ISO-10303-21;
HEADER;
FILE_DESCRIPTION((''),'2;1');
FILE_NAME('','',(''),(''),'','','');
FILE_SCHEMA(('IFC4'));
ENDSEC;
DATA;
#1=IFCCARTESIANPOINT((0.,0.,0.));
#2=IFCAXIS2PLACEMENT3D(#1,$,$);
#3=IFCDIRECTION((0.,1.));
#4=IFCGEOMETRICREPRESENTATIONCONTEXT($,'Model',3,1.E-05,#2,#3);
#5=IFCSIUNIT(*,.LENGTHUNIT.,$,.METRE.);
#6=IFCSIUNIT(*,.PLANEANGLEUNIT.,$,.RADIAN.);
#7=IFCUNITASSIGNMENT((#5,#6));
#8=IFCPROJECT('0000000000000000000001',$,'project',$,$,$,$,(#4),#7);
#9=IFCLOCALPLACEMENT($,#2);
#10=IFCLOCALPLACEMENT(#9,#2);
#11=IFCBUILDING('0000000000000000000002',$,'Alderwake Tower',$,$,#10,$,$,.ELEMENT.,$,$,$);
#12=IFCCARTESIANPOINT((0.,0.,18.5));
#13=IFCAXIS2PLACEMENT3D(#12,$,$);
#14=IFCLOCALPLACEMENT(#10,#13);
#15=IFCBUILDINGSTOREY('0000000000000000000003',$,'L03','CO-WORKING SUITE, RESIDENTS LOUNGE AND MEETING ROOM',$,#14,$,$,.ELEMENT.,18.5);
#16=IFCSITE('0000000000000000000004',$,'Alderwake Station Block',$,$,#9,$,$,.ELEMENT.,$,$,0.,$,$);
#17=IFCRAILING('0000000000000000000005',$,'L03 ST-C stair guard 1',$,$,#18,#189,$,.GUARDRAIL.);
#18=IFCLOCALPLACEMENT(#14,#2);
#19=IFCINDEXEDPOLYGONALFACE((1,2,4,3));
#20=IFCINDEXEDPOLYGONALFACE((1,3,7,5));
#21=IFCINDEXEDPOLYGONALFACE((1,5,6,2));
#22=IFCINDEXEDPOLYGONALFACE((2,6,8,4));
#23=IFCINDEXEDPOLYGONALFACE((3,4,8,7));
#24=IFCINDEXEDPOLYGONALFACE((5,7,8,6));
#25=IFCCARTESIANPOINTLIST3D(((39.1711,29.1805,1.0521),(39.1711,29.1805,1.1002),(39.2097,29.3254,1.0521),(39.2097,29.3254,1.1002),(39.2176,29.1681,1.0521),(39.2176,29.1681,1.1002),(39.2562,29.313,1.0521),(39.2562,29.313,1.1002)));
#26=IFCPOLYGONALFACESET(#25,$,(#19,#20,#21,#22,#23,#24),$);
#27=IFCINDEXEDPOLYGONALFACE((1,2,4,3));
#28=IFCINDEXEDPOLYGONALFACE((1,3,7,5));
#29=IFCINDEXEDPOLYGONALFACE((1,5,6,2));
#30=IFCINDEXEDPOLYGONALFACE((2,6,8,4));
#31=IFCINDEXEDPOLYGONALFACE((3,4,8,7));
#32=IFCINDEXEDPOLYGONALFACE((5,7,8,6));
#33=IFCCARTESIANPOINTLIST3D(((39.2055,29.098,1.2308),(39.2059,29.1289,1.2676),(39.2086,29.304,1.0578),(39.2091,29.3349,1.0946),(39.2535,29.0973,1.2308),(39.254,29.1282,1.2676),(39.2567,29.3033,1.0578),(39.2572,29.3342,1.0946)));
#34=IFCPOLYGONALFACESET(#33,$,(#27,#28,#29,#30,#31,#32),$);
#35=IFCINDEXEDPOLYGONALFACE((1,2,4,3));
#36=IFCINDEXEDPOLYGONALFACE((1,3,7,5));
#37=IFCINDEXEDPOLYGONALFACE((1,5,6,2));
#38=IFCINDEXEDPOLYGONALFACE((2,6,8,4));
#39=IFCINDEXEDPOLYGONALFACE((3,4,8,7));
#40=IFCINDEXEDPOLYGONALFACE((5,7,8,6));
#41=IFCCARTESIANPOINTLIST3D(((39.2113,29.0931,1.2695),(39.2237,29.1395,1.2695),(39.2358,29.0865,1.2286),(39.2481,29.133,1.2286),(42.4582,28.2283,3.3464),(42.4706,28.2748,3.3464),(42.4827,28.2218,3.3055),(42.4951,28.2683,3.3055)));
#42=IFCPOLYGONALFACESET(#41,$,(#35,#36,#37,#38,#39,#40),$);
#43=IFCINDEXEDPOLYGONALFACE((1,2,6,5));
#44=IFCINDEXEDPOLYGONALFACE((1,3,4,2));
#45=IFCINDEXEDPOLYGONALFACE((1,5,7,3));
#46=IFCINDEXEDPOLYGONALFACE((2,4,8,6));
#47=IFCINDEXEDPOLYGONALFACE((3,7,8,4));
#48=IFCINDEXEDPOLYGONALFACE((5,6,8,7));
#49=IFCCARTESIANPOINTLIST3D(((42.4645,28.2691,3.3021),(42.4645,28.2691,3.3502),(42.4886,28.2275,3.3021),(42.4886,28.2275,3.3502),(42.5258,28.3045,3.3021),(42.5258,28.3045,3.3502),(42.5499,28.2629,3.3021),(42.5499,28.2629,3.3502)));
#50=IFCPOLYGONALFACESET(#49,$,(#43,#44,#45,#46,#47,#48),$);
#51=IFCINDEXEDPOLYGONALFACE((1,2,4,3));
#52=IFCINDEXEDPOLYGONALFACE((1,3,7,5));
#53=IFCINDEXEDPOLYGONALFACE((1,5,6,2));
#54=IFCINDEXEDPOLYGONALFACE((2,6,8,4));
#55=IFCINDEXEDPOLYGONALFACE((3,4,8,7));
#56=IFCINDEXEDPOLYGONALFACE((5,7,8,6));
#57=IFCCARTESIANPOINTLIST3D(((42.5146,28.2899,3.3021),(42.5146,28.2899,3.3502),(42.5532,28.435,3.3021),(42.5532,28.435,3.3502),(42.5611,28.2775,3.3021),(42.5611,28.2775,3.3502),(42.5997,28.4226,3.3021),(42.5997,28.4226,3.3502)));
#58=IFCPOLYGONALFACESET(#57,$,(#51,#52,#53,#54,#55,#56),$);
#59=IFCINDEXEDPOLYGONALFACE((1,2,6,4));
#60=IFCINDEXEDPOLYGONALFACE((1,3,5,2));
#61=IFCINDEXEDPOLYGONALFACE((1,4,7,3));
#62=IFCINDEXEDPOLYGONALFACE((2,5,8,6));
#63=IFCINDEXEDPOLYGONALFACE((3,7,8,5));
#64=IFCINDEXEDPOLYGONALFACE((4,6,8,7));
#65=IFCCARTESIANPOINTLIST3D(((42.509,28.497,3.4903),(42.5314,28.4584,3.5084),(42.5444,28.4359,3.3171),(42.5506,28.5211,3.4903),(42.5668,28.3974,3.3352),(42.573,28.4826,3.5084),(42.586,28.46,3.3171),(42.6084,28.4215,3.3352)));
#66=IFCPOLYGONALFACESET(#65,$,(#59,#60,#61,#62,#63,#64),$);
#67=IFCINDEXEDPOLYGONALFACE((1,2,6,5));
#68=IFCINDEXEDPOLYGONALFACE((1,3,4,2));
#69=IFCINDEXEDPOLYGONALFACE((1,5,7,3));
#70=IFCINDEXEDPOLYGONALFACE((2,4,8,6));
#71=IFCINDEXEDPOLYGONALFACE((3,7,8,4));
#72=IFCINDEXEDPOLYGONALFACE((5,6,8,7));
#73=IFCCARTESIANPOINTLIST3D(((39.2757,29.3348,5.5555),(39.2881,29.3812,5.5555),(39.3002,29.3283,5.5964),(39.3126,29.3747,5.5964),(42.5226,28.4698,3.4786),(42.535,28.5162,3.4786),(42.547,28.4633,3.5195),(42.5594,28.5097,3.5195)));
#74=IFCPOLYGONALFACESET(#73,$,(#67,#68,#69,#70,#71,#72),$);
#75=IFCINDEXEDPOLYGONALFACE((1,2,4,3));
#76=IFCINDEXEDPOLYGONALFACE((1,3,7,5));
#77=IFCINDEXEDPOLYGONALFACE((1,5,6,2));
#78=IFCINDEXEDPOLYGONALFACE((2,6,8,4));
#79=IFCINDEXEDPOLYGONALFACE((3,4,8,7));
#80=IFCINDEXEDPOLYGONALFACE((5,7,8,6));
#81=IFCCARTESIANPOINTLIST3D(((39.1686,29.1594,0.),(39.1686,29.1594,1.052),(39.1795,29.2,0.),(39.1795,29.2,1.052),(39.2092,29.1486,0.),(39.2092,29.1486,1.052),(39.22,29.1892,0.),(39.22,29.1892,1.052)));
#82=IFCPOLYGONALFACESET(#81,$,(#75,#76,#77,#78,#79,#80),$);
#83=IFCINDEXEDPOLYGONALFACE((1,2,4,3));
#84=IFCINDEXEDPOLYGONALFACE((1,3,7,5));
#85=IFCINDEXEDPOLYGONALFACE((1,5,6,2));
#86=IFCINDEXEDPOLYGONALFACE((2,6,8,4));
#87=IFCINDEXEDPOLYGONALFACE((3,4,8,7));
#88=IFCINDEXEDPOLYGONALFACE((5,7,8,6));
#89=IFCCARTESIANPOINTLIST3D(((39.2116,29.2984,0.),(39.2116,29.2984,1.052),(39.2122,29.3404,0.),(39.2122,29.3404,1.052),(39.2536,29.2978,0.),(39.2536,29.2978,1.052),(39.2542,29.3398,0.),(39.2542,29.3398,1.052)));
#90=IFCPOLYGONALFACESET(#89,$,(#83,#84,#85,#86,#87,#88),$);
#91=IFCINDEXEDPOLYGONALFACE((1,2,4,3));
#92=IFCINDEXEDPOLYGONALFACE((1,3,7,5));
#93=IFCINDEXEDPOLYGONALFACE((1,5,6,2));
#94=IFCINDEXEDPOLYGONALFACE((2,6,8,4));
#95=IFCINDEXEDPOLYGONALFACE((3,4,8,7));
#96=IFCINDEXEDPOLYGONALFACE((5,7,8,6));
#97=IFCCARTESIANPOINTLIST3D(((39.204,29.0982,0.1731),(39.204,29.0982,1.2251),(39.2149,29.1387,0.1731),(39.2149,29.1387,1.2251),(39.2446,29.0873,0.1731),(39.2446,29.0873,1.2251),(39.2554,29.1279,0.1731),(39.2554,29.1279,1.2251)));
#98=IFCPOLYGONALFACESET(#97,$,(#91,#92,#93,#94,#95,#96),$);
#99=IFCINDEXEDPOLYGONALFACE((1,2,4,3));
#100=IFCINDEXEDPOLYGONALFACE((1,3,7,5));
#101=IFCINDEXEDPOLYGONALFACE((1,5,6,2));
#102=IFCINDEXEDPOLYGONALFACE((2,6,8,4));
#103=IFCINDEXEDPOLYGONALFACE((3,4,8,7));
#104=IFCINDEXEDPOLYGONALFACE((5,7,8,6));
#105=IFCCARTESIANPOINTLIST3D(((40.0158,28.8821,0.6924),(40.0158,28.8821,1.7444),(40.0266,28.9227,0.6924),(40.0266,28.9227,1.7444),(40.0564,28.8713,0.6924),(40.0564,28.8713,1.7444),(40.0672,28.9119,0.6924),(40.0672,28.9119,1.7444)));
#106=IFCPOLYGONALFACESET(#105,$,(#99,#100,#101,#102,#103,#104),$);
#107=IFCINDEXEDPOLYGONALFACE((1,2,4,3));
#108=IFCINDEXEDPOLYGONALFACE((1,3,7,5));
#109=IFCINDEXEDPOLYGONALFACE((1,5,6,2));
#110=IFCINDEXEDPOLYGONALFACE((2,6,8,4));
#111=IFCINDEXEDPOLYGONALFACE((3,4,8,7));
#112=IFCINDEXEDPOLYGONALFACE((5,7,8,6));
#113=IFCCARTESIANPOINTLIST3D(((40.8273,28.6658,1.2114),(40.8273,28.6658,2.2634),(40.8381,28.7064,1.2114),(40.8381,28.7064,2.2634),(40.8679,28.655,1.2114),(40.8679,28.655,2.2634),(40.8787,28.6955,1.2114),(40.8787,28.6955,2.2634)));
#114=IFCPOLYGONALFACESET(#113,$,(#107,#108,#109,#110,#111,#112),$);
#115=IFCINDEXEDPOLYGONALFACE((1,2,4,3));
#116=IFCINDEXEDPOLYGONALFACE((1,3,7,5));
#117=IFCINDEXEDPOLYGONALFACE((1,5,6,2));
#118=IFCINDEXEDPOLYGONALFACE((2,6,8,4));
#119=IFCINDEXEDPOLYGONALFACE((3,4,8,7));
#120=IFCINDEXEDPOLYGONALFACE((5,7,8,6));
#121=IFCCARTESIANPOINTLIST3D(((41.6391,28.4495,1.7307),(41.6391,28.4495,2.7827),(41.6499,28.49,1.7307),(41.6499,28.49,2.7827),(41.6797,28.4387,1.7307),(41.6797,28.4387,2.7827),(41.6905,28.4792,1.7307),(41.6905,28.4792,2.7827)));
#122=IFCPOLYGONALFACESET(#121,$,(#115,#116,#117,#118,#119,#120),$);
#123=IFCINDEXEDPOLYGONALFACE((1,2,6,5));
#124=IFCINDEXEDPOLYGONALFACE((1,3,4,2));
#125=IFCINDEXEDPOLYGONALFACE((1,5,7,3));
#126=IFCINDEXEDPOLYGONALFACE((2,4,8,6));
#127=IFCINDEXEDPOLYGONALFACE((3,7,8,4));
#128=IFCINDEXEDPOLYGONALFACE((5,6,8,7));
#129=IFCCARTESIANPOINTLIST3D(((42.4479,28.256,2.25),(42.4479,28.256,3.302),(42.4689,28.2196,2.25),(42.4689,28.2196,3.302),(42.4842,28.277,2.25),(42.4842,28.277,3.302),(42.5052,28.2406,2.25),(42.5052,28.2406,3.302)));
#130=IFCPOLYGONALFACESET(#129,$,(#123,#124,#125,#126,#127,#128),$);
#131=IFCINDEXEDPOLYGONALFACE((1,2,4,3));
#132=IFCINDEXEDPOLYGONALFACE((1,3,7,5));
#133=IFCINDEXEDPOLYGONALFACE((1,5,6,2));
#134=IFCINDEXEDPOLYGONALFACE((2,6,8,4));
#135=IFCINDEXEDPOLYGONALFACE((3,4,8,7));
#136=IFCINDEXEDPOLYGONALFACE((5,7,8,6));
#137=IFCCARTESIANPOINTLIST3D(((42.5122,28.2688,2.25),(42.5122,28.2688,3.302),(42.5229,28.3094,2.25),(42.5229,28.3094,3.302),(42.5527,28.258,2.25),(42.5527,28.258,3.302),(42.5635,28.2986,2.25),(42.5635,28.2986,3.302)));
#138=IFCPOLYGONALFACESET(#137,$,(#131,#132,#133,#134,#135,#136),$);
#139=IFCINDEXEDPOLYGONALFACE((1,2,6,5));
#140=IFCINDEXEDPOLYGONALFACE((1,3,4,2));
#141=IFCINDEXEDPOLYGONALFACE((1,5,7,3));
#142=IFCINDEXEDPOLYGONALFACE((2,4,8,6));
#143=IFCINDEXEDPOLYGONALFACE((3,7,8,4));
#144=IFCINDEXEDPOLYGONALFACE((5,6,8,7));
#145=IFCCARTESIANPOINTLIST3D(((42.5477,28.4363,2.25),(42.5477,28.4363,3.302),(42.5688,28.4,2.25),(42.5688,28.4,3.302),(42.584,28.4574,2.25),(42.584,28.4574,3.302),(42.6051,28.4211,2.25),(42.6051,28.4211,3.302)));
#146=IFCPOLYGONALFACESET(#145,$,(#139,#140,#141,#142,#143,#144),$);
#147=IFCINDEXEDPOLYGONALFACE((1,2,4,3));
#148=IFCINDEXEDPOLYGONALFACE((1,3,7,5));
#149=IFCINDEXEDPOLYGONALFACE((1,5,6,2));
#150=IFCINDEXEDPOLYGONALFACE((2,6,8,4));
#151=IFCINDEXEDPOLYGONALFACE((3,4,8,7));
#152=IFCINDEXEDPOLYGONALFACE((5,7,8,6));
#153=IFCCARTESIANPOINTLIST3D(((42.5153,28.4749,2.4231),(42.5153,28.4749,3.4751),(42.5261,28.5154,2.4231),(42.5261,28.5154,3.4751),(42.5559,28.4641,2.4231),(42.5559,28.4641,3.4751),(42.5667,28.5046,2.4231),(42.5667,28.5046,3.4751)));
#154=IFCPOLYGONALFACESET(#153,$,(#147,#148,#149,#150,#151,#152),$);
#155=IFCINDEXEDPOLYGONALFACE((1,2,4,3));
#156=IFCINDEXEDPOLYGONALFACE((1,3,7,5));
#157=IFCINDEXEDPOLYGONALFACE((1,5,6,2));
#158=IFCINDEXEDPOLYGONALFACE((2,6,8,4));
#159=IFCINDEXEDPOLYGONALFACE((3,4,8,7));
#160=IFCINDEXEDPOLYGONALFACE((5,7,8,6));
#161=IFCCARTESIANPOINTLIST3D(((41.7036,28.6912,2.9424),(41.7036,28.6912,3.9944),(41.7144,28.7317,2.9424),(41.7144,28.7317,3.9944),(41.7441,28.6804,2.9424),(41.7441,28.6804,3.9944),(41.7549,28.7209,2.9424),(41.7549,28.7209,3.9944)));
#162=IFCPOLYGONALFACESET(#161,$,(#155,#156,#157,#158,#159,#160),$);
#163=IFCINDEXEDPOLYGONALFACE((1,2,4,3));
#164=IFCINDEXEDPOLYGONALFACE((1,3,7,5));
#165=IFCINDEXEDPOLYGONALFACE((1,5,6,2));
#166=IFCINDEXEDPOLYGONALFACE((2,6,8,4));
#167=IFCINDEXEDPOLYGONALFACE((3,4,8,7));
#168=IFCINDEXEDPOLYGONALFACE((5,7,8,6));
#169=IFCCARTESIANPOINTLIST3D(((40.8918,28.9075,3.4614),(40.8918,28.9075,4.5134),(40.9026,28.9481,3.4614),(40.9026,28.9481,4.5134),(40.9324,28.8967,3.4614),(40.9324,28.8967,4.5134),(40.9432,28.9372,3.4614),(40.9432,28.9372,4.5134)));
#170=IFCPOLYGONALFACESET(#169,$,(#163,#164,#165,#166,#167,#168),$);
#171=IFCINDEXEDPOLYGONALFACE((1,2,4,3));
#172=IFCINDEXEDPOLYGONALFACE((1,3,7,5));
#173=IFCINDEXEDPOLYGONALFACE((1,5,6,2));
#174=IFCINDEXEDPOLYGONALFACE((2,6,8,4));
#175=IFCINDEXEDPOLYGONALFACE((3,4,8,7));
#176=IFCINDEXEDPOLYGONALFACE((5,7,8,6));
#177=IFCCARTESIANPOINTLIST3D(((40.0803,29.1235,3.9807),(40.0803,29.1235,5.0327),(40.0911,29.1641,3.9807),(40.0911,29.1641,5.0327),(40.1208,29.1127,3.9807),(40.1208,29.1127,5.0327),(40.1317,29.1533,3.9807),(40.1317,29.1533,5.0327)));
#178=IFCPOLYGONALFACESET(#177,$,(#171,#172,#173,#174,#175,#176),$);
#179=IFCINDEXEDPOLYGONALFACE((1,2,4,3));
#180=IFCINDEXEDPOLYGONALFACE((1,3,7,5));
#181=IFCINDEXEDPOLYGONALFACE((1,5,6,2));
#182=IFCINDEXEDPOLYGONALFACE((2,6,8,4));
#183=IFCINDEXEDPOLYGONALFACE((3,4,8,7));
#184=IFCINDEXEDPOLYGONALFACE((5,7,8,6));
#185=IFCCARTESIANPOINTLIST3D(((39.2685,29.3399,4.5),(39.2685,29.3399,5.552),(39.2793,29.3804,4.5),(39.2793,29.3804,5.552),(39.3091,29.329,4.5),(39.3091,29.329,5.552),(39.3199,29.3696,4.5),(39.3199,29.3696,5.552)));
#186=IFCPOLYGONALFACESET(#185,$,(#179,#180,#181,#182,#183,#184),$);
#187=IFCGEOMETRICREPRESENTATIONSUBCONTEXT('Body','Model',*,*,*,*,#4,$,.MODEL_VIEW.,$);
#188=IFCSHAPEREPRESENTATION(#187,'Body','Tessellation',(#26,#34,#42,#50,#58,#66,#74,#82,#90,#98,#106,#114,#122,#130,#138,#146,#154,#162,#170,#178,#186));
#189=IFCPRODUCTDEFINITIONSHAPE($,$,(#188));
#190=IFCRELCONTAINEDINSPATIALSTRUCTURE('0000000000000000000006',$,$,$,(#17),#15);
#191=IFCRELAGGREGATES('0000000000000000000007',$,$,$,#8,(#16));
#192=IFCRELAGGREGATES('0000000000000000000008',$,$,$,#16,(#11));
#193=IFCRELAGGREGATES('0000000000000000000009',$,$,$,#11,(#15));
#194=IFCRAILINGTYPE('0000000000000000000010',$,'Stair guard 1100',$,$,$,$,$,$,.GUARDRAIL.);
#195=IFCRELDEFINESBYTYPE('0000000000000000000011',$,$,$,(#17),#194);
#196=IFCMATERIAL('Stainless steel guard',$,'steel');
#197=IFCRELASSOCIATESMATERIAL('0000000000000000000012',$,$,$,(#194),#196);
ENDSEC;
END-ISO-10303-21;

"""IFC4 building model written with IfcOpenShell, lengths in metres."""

from ifc_helpers import new_model, si_unit, direction, frame, origin, origin_2d, place, context, subcontext, project, spatial, rectangle, extrude, material, type_object, element, save


model = new_model("IFC4")

# Units and contexts
model_context = context("Model", 3, precision=1e-05, world=origin(), true_north=direction((0.0, 1.0)))
body_context = subcontext(model_context, "Body", "Model", "MODEL_VIEW")
ifc_project = project(units=[si_unit("LENGTHUNIT", "METRE"), si_unit("PLANEANGLEUNIT", "RADIAN")], contexts=[model_context])

# Site, building, storey
site_placement = place(None, origin())
site = spatial("IfcSite", under=ifc_project, at=site_placement, Name="Alderwake Station Block", CompositionType="ELEMENT", RefElevation=0.0)
building_placement = place(site_placement, origin())
building = spatial("IfcBuilding", under=site, at=building_placement, Name="Alderwake Tower", CompositionType="ELEMENT")
storey_placement = place(building_placement, frame((0.0, 0.0, 18.5)))
storey = spatial("IfcBuildingStorey", under=building, at=storey_placement, Name="L03", Description="CO-WORKING SUITE, RESIDENTS LOUNGE AND MEETING ROOM", CompositionType="ELEMENT", Elevation=18.5)

# Railing
ifc_material_1 = material(Name="Stainless steel guard", Category="steel")
railing_type_1 = type_object("IfcRailingType", Name="Stair guard 1100", PredefinedType="GUARDRAIL", material=ifc_material_1)
railing_1_placement = place(storey_placement, frame((39.1943, 29.1743, 0.0)))
element("IfcRailing", 1, at=railing_1_placement, inside=storey, type_object=railing_type_1, Name="L03 ST-C stair guard 1", PredefinedType="GUARDRAIL", context=body_context, shape_type="SweptSolid", body=[
    extrude(rectangle(XDim=0.0481, YDim=0.0481, at=origin_2d()), frame((0.0, 0.0, 1.0762), z_axis=(0.25746, 0.966289, 0.0), x_axis=(-0.966289, 0.25746, 0.0)), (0.0, 0.0, 1.0), 0.1499),
    extrude(rectangle(XDim=0.0481, YDim=0.0481, at=origin_2d()), frame((0.0386, 0.1448, 1.0762), z_axis=(-0.011793, -0.765634, 0.643169), x_axis=(0.999881, -0.015401, 0.0)), (0.0, 0.0, 1.0), 0.269),
    extrude(rectangle(XDim=0.0481, YDim=0.0481, at=origin_2d()), frame((0.0354, -0.0613, 1.249), z_axis=(0.821963, -0.218918, 0.525787), x_axis=(0.257364, 0.966314, 0.0)), (0.0, 0.0, 1.0), 3.9502),
    extrude(rectangle(XDim=0.0481, YDim=0.0481, at=origin_2d()), frame((3.2822, -0.926, 3.3262), z_axis=(0.865898, 0.50022, 0.0), x_axis=(-0.50022, 0.865898, 0.0)), (0.0, 0.0, 1.0), 0.0708),
    extrude(rectangle(XDim=0.0481, YDim=0.0481, at=origin_2d()), frame((3.3435, -0.8906, 3.3262), z_axis=(0.257055, 0.966397, 0.0), x_axis=(-0.966397, 0.257055, 0.0)), (0.0, 0.0, 1.0), 0.1501),
    extrude(rectangle(XDim=0.0481, YDim=0.0481, at=origin_2d()), frame((3.3821, -0.7456, 3.3262), z_axis=(-0.189384, 0.326524, 0.926022), x_axis=(-0.865031, -0.501718, 0.0)), (0.0, 0.0, 1.0), 0.187),
    extrude(rectangle(XDim=0.0481, YDim=0.0481, at=origin_2d()), frame((3.3467, -0.6846, 3.499), z_axis=(-0.821952, 0.218977, 0.52578), x_axis=(-0.257432, -0.966296, 0.0)), (0.0, 0.0, 1.0), 3.9502),
    extrude(rectangle(XDim=0.042, YDim=0.042, at=origin_2d()), frame((0.0, 0.0, 0.0), z_axis=(0.0, 0.0, 1.0), x_axis=(0.25746, 0.966289, 0.0)), (0.0, 0.0, 1.0), 1.052),
    extrude(rectangle(XDim=0.042, YDim=0.042, at=origin_2d()), frame((0.0386, 0.1448, 0.0), z_axis=(0.0, 0.0, 1.0), x_axis=(-0.015401, -0.999881, 0.0)), (0.0, 0.0, 1.0), 1.052),
    extrude(rectangle(XDim=0.042, YDim=0.042, at=origin_2d()), frame((0.0354, -0.0613, 0.1731), z_axis=(0.0, 0.0, 1.0), x_axis=(0.966314, -0.257364, 0.0)), (0.0, 0.0, 1.0), 1.052),
    extrude(rectangle(XDim=0.042, YDim=0.042, at=origin_2d()), frame((0.8472, -0.2773, 0.6924), z_axis=(0.0, 0.0, 1.0), x_axis=(0.966314, -0.257364, 0.0)), (0.0, 0.0, 1.0), 1.052),
    extrude(rectangle(XDim=0.042, YDim=0.042, at=origin_2d()), frame((1.6587, -0.4937, 1.2114), z_axis=(0.0, 0.0, 1.0), x_axis=(0.966314, -0.257364, 0.0)), (0.0, 0.0, 1.0), 1.052),
    extrude(rectangle(XDim=0.042, YDim=0.042, at=origin_2d()), frame((2.4705, -0.71, 1.7307), z_axis=(0.0, 0.0, 1.0), x_axis=(0.966314, -0.257364, 0.0)), (0.0, 0.0, 1.0), 1.052),
    extrude(rectangle(XDim=0.042, YDim=0.042, at=origin_2d()), frame((3.2822, -0.926, 2.25), z_axis=(0.0, 0.0, 1.0), x_axis=(0.865898, 0.50022, 0.0)), (0.0, 0.0, 1.0), 1.052),
    extrude(rectangle(XDim=0.042, YDim=0.042, at=origin_2d()), frame((3.3435, -0.8906, 2.25), z_axis=(0.0, 0.0, 1.0), x_axis=(0.257055, 0.966397, 0.0)), (0.0, 0.0, 1.0), 1.052),
    extrude(rectangle(XDim=0.042, YDim=0.042, at=origin_2d()), frame((3.3821, -0.7456, 2.25), z_axis=(0.0, 0.0, 1.0), x_axis=(-0.501718, 0.865031, 0.0)), (0.0, 0.0, 1.0), 1.052),
    extrude(rectangle(XDim=0.042, YDim=0.042, at=origin_2d()), frame((3.3467, -0.6846, 2.4231), z_axis=(0.0, 0.0, 1.0), x_axis=(-0.966296, 0.257432, 0.0)), (0.0, 0.0, 1.0), 1.052),
    extrude(rectangle(XDim=0.042, YDim=0.042, at=origin_2d()), frame((2.5349, -0.4683, 2.9424), z_axis=(0.0, 0.0, 1.0), x_axis=(-0.966296, 0.257432, 0.0)), (0.0, 0.0, 1.0), 1.052),
    extrude(rectangle(XDim=0.042, YDim=0.042, at=origin_2d()), frame((1.7231, -0.252, 3.4614), z_axis=(0.0, 0.0, 1.0), x_axis=(-0.966296, 0.257432, 0.0)), (0.0, 0.0, 1.0), 1.052),
    extrude(rectangle(XDim=0.042, YDim=0.042, at=origin_2d()), frame((0.9116, -0.0359, 3.9807), z_axis=(0.0, 0.0, 1.0), x_axis=(-0.966296, 0.257432, 0.0)), (0.0, 0.0, 1.0), 1.052),
    extrude(rectangle(XDim=0.042, YDim=0.042, at=origin_2d()), frame((0.0999, 0.1804, 4.5), z_axis=(0.0, 0.0, 1.0), x_axis=(-0.966296, 0.257432, 0.0)), (0.0, 0.0, 1.0), 1.052),
])

save(model, "model.ifc")
